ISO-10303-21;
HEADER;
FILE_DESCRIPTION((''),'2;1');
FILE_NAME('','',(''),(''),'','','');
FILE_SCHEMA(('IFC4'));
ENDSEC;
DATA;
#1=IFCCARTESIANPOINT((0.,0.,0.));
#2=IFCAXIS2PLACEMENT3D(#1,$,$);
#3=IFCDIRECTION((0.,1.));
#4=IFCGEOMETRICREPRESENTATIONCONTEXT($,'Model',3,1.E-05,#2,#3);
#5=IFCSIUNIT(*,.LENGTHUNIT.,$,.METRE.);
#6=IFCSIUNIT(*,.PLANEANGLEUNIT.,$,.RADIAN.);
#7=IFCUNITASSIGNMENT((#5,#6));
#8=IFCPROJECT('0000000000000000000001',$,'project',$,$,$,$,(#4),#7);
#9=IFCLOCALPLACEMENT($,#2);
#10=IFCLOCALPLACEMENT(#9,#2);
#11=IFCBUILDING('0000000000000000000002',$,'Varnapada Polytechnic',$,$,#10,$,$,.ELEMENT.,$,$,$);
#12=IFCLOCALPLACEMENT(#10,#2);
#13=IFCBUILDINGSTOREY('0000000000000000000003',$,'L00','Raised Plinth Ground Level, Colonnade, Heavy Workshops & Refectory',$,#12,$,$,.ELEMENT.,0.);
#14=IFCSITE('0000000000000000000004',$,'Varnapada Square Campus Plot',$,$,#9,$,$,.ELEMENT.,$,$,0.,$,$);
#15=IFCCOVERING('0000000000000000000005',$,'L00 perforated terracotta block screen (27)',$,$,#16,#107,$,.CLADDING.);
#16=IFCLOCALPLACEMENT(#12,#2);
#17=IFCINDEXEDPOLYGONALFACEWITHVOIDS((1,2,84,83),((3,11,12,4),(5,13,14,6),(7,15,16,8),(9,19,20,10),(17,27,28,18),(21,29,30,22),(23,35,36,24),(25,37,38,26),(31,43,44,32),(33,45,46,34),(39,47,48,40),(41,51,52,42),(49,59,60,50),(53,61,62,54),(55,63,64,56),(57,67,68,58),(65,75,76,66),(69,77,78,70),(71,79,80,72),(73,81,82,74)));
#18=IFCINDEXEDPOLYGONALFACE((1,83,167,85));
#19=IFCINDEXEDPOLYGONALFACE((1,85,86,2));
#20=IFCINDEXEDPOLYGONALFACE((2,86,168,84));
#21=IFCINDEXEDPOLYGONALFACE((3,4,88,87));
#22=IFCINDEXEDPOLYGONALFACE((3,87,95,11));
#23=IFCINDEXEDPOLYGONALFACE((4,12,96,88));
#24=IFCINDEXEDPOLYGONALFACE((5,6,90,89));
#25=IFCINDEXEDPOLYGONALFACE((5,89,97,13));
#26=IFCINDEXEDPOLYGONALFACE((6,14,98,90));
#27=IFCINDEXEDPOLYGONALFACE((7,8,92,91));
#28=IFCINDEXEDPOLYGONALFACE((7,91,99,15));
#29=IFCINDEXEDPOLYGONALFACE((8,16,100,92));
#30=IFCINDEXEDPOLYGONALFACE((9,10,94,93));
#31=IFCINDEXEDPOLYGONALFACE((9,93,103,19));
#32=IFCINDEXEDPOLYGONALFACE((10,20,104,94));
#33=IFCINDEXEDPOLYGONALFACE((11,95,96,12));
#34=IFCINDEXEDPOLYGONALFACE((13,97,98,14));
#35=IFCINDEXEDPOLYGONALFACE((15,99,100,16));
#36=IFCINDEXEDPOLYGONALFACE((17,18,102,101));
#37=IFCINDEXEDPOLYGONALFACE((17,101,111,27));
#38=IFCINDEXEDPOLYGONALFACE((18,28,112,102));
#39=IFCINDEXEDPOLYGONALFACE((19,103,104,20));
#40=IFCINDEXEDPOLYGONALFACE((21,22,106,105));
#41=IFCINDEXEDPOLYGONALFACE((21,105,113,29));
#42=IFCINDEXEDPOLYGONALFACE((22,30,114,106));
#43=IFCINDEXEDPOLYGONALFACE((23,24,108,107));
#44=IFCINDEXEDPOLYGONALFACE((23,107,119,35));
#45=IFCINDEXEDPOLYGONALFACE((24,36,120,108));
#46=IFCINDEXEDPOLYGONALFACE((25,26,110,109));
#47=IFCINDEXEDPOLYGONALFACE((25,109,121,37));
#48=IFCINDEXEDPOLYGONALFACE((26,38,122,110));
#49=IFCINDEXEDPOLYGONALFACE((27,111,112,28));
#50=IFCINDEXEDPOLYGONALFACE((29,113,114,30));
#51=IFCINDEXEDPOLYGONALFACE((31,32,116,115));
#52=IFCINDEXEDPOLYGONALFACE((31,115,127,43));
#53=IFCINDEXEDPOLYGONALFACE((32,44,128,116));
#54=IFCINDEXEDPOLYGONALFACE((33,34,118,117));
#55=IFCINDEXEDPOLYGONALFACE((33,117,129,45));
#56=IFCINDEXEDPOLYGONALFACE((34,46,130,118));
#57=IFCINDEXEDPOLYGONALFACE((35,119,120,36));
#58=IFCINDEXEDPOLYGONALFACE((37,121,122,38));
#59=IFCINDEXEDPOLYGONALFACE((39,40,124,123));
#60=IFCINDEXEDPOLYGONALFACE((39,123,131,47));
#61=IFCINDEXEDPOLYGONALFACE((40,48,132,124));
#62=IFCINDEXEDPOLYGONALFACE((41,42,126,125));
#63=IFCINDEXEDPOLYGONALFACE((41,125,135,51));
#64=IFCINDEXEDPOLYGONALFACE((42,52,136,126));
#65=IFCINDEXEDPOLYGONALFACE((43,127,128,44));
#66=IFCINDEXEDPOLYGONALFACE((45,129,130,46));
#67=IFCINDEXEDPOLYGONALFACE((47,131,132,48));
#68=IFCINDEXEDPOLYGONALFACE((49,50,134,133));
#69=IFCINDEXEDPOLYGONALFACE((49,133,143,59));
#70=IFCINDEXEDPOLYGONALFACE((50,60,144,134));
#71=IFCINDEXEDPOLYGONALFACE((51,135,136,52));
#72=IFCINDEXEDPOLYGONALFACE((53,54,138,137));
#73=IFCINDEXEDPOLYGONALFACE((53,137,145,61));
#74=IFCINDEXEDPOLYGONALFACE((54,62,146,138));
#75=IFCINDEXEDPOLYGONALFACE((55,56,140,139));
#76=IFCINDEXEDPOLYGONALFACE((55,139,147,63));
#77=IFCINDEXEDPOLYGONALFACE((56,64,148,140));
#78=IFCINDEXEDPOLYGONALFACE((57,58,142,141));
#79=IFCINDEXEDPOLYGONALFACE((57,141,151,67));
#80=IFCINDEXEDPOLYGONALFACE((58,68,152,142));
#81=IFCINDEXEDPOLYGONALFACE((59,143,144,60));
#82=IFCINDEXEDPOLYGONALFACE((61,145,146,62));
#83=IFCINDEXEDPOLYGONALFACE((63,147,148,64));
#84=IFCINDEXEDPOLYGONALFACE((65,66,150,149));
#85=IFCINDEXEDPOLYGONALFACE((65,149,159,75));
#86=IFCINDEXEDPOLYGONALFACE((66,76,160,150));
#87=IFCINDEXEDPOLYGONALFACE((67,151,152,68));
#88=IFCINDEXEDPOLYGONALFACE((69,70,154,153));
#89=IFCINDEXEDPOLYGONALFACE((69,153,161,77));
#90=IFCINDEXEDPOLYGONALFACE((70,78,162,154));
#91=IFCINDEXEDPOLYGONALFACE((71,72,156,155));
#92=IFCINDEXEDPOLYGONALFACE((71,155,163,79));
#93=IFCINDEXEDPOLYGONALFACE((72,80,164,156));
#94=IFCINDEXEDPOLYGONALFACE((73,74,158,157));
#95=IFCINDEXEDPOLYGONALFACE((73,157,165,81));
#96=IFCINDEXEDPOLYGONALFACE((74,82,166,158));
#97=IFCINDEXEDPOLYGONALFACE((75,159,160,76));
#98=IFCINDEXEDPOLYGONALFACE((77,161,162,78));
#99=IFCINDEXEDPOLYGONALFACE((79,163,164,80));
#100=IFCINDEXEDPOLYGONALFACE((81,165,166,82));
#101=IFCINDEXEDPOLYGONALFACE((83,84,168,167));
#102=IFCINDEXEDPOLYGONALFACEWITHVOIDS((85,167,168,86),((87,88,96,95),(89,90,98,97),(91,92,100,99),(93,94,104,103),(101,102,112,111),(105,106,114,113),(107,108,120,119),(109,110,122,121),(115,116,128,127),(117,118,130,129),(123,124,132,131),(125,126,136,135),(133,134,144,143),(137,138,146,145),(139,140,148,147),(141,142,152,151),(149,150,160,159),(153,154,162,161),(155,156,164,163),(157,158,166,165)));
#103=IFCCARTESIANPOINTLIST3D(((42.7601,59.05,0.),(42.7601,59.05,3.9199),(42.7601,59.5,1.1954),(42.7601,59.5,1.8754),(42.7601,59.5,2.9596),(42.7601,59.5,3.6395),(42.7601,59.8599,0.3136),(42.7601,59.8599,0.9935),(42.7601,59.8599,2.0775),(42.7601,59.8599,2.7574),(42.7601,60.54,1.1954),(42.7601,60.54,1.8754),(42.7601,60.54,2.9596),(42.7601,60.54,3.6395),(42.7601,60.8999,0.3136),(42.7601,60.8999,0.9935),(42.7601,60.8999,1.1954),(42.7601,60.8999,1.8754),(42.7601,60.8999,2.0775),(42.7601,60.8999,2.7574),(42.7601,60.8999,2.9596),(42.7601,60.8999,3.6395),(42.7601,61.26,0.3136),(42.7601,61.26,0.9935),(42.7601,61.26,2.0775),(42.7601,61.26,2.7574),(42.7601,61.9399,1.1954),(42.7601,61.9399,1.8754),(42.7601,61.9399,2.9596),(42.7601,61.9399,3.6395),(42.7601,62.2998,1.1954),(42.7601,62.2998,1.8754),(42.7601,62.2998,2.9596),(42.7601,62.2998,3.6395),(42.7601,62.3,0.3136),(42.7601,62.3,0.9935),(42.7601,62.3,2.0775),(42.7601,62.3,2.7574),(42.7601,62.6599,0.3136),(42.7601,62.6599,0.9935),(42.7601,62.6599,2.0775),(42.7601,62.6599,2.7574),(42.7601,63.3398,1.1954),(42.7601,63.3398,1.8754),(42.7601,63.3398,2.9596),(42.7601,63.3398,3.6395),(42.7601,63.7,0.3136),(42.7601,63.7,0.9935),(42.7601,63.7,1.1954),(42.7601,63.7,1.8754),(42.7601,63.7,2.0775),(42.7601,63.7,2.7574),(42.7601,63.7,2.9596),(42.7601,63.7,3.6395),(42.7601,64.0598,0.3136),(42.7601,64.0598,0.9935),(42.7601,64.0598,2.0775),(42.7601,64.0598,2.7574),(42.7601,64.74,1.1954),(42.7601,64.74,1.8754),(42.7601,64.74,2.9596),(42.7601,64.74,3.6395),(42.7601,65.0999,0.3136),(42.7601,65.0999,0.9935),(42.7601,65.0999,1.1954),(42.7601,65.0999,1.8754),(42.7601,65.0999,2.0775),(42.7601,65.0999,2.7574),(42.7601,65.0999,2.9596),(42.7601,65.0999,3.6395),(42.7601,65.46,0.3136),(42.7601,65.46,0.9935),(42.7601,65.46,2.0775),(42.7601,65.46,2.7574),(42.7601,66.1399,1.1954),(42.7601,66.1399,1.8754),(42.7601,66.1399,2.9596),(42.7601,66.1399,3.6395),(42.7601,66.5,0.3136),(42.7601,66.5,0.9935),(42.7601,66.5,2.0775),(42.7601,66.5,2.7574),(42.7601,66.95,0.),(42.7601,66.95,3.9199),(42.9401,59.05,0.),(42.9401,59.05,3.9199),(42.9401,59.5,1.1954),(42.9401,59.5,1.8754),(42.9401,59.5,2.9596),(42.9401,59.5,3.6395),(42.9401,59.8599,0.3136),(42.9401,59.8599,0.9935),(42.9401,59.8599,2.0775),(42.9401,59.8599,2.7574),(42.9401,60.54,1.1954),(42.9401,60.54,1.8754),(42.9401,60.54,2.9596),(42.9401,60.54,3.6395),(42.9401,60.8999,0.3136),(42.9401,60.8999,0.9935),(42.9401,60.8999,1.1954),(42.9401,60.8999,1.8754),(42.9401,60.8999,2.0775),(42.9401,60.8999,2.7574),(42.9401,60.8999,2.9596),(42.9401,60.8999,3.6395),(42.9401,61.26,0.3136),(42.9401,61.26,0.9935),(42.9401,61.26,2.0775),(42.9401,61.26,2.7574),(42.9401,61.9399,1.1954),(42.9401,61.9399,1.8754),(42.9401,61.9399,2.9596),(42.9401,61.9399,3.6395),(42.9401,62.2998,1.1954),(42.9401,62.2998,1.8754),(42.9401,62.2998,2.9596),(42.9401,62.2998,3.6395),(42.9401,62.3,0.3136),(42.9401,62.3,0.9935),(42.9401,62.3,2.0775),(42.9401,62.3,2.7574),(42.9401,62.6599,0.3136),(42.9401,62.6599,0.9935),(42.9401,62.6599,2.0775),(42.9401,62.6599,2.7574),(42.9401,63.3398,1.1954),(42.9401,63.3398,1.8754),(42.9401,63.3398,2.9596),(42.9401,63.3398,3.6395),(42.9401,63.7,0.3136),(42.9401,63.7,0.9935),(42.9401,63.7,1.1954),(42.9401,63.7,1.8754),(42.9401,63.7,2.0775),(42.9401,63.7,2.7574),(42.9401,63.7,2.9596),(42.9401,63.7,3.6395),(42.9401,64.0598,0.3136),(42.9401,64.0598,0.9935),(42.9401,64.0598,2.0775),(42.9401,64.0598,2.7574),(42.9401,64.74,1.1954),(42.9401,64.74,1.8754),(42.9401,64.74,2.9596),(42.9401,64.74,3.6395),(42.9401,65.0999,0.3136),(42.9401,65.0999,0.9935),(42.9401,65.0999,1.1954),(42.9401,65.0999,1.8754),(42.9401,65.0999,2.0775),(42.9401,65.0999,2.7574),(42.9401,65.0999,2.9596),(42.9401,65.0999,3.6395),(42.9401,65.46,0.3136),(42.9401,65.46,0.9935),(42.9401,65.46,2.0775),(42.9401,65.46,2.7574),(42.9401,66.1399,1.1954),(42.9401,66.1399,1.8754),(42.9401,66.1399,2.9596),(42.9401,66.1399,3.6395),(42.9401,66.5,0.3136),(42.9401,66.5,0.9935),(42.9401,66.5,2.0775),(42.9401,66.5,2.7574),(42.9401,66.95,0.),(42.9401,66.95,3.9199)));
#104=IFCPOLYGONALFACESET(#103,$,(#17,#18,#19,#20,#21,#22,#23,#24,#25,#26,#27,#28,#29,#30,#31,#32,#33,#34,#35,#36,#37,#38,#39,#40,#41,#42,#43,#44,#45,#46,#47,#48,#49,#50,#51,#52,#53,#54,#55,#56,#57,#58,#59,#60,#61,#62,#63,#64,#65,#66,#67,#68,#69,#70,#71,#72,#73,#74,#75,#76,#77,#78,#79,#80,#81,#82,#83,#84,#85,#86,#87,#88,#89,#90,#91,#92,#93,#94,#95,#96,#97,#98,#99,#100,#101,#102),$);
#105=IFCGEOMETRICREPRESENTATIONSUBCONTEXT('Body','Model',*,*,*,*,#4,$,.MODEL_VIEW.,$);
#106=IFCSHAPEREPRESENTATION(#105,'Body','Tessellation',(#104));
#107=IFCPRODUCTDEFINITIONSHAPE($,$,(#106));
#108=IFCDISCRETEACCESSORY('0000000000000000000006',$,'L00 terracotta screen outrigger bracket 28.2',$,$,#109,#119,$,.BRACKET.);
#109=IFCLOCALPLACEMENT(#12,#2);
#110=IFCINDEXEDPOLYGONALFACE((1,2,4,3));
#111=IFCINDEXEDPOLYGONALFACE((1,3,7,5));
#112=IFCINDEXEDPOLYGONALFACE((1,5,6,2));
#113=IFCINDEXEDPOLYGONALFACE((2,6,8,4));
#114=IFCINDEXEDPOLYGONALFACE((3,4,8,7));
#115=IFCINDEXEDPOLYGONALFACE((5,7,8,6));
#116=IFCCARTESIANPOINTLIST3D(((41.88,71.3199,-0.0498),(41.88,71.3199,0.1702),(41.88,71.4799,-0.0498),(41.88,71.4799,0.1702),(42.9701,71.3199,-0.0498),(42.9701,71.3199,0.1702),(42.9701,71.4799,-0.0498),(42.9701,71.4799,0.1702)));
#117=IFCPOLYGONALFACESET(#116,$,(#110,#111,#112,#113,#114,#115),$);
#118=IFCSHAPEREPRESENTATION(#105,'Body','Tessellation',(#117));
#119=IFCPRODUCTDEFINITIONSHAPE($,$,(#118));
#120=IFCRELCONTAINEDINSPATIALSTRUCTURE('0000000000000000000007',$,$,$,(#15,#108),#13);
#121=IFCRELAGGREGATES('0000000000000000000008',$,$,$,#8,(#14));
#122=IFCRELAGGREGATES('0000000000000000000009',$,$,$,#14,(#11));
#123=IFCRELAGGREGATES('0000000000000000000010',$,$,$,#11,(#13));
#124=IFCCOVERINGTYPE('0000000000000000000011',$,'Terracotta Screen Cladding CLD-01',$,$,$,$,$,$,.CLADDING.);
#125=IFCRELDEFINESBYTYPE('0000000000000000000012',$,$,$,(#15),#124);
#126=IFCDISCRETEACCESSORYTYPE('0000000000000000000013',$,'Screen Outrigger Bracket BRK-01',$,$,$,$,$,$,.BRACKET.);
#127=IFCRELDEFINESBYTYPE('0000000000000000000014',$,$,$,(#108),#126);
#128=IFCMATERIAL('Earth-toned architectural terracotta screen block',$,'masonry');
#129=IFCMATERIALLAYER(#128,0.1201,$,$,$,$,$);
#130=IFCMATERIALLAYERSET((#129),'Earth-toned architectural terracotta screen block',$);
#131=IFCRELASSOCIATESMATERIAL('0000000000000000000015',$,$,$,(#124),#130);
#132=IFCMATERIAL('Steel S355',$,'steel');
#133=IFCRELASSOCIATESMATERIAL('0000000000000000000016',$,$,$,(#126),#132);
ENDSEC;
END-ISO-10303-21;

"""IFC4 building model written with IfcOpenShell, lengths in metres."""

from ifc_helpers import new_model, si_unit, direction, frame, frame_2d, origin, origin_2d, place, context, subcontext, project, spatial, rectangle, extrude, material, layer, layer_set, type_object, element, save


model = new_model("IFC4")

# Units and contexts
model_context = context("Model", 3, precision=1e-05, world=origin(), true_north=direction((0.0, 1.0)))
body_context = subcontext(model_context, "Body", "Model", "MODEL_VIEW")
ifc_project = project(units=[si_unit("LENGTHUNIT", "METRE"), si_unit("PLANEANGLEUNIT", "RADIAN")], contexts=[model_context])

# Site, building, storey
site_placement = place(None, origin())
site = spatial("IfcSite", under=ifc_project, at=site_placement, Name="Varnapada Square Campus Plot", CompositionType="ELEMENT", RefElevation=0.0)
building_placement = place(site_placement, origin())
building = spatial("IfcBuilding", under=site, at=building_placement, Name="Varnapada Polytechnic", CompositionType="ELEMENT")
storey_placement = place(building_placement, origin())
storey = spatial("IfcBuildingStorey", under=building, at=storey_placement, Name="L00", Description="Raised Plinth Ground Level, Colonnade, Heavy Workshops & Refectory", CompositionType="ELEMENT", Elevation=0.0)

# Covering, openings
ifc_material_1 = material(Name="Earth-toned architectural terracotta screen block", Category="masonry")
ifc_layer = layer(ifc_material_1, 0.1201)
ifc_layer_set = layer_set([ifc_layer], Name="Earth-toned architectural terracotta screen block")
covering_type = type_object("IfcCoveringType", Name="Terracotta Screen Cladding CLD-01", PredefinedType="CLADDING", material=ifc_layer_set)
covering_placement = place(storey_placement, frame((42.8501, 66.95, 0.0), z_axis=(0.0, 0.0, 1.0), x_axis=(0.0, -1.0, 0.0)))
covering = element("IfcCovering", 1, at=covering_placement, inside=storey, type_object=covering_type, Name="L00 perforated terracotta block screen (27)", PredefinedType="CLADDING", context=body_context, shape_type="SweptSolid", body=[
    extrude(rectangle(XDim=7.8999, YDim=0.1799, at=frame_2d((3.95, 0.0))), origin(), (0.0, 0.0, 1.0), 3.9199),
])
opening_1_placement = place(covering_placement, frame((0.45, 0.0, 0.3137)))
element("IfcOpeningElement", 2, at=opening_1_placement, cuts=covering, PredefinedType="OPENING", context=body_context, shape_type="SweptSolid", body=[
    extrude(rectangle(XDim=1.04, YDim=0.6799, at=frame_2d((0.52, 0.3398))), frame((0.0, 0.0999, 0.0), z_axis=(0.0, -1.0, 0.0), x_axis=(1.0, 0.0, 0.0)), (0.0, 0.0, 1.0), 0.2),
])
opening_2_placement = place(covering_placement, frame((1.8501, 0.0, 0.3137)))
element("IfcOpeningElement", 3, at=opening_2_placement, cuts=covering, PredefinedType="OPENING", context=body_context, shape_type="SweptSolid", body=[
    extrude(rectangle(XDim=1.04, YDim=0.6799, at=frame_2d((0.52, 0.3398))), frame((0.0, 0.0999, 0.0), z_axis=(0.0, -1.0, 0.0), x_axis=(1.0, 0.0, 0.0)), (0.0, 0.0, 1.0), 0.2),
])
opening_3_placement = place(covering_placement, frame((3.25, 0.0, 0.3137)))
element("IfcOpeningElement", 4, at=opening_3_placement, cuts=covering, PredefinedType="OPENING", context=body_context, shape_type="SweptSolid", body=[
    extrude(rectangle(XDim=1.04, YDim=0.6799, at=frame_2d((0.52, 0.3398))), frame((0.0, 0.0999, 0.0), z_axis=(0.0, -1.0, 0.0), x_axis=(1.0, 0.0, 0.0)), (0.0, 0.0, 1.0), 0.2),
])
opening_4_placement = place(covering_placement, frame((4.6499, 0.0, 0.3137)))
element("IfcOpeningElement", 5, at=opening_4_placement, cuts=covering, PredefinedType="OPENING", context=body_context, shape_type="SweptSolid", body=[
    extrude(rectangle(XDim=1.04, YDim=0.6799, at=frame_2d((0.52, 0.3398))), frame((0.0, 0.0999, 0.0), z_axis=(0.0, -1.0, 0.0), x_axis=(1.0, 0.0, 0.0)), (0.0, 0.0, 1.0), 0.2),
])
opening_5_placement = place(covering_placement, frame((6.05, 0.0, 0.3137)))
element("IfcOpeningElement", 6, at=opening_5_placement, cuts=covering, PredefinedType="OPENING", context=body_context, shape_type="SweptSolid", body=[
    extrude(rectangle(XDim=1.04, YDim=0.6799, at=frame_2d((0.52, 0.3398))), frame((0.0, 0.0999, 0.0), z_axis=(0.0, -1.0, 0.0), x_axis=(1.0, 0.0, 0.0)), (0.0, 0.0, 1.0), 0.2),
])
opening_6_placement = place(covering_placement, frame((0.8101, 0.0, 1.1956)))
element("IfcOpeningElement", 7, at=opening_6_placement, cuts=covering, PredefinedType="OPENING", context=body_context, shape_type="SweptSolid", body=[
    extrude(rectangle(XDim=1.04, YDim=0.6799, at=frame_2d((0.52, 0.3398))), frame((0.0, 0.0999, 0.0), z_axis=(0.0, -1.0, 0.0), x_axis=(1.0, 0.0, 0.0)), (0.0, 0.0, 1.0), 0.2),
])
opening_7_placement = place(covering_placement, frame((2.21, 0.0, 1.1956)))
element("IfcOpeningElement", 8, at=opening_7_placement, cuts=covering, PredefinedType="OPENING", context=body_context, shape_type="SweptSolid", body=[
    extrude(rectangle(XDim=1.04, YDim=0.6799, at=frame_2d((0.52, 0.3398))), frame((0.0, 0.0999, 0.0), z_axis=(0.0, -1.0, 0.0), x_axis=(1.0, 0.0, 0.0)), (0.0, 0.0, 1.0), 0.2),
])
opening_8_placement = place(covering_placement, frame((3.6101, 0.0, 1.1956)))
element("IfcOpeningElement", 9, at=opening_8_placement, cuts=covering, PredefinedType="OPENING", context=body_context, shape_type="SweptSolid", body=[
    extrude(rectangle(XDim=1.04, YDim=0.6799, at=frame_2d((0.52, 0.3398))), frame((0.0, 0.0999, 0.0), z_axis=(0.0, -1.0, 0.0), x_axis=(1.0, 0.0, 0.0)), (0.0, 0.0, 1.0), 0.2),
])
opening_9_placement = place(covering_placement, frame((5.01, 0.0, 1.1956)))
element("IfcOpeningElement", 10, at=opening_9_placement, cuts=covering, PredefinedType="OPENING", context=body_context, shape_type="SweptSolid", body=[
    extrude(rectangle(XDim=1.04, YDim=0.6799, at=frame_2d((0.52, 0.3398))), frame((0.0, 0.0999, 0.0), z_axis=(0.0, -1.0, 0.0), x_axis=(1.0, 0.0, 0.0)), (0.0, 0.0, 1.0), 0.2),
])
opening_10_placement = place(covering_placement, frame((6.4099, 0.0, 1.1956)))
element("IfcOpeningElement", 11, at=opening_10_placement, cuts=covering, PredefinedType="OPENING", context=body_context, shape_type="SweptSolid", body=[
    extrude(rectangle(XDim=1.04, YDim=0.6799, at=frame_2d((0.52, 0.3398))), frame((0.0, 0.0999, 0.0), z_axis=(0.0, -1.0, 0.0), x_axis=(1.0, 0.0, 0.0)), (0.0, 0.0, 1.0), 0.2),
])
opening_11_placement = place(covering_placement, frame((0.45, 0.0, 2.0776)))
element("IfcOpeningElement", 12, at=opening_11_placement, cuts=covering, PredefinedType="OPENING", context=body_context, shape_type="SweptSolid", body=[
    extrude(rectangle(XDim=1.04, YDim=0.6799, at=frame_2d((0.52, 0.3398))), frame((0.0, 0.0999, 0.0), z_axis=(0.0, -1.0, 0.0), x_axis=(1.0, 0.0, 0.0)), (0.0, 0.0, 1.0), 0.2),
])
opening_12_placement = place(covering_placement, frame((1.8501, 0.0, 2.0776)))
element("IfcOpeningElement", 13, at=opening_12_placement, cuts=covering, PredefinedType="OPENING", context=body_context, shape_type="SweptSolid", body=[
    extrude(rectangle(XDim=1.04, YDim=0.6799, at=frame_2d((0.52, 0.3398))), frame((0.0, 0.0999, 0.0), z_axis=(0.0, -1.0, 0.0), x_axis=(1.0, 0.0, 0.0)), (0.0, 0.0, 1.0), 0.2),
])
opening_13_placement = place(covering_placement, frame((3.25, 0.0, 2.0776)))
element("IfcOpeningElement", 14, at=opening_13_placement, cuts=covering, PredefinedType="OPENING", context=body_context, shape_type="SweptSolid", body=[
    extrude(rectangle(XDim=1.04, YDim=0.6799, at=frame_2d((0.52, 0.3398))), frame((0.0, 0.0999, 0.0), z_axis=(0.0, -1.0, 0.0), x_axis=(1.0, 0.0, 0.0)), (0.0, 0.0, 1.0), 0.2),
])
opening_14_placement = place(covering_placement, frame((4.6499, 0.0, 2.0776)))
element("IfcOpeningElement", 15, at=opening_14_placement, cuts=covering, PredefinedType="OPENING", context=body_context, shape_type="SweptSolid", body=[
    extrude(rectangle(XDim=1.04, YDim=0.6799, at=frame_2d((0.52, 0.3398))), frame((0.0, 0.0999, 0.0), z_axis=(0.0, -1.0, 0.0), x_axis=(1.0, 0.0, 0.0)), (0.0, 0.0, 1.0), 0.2),
])
opening_15_placement = place(covering_placement, frame((6.05, 0.0, 2.0776)))
element("IfcOpeningElement", 16, at=opening_15_placement, cuts=covering, PredefinedType="OPENING", context=body_context, shape_type="SweptSolid", body=[
    extrude(rectangle(XDim=1.04, YDim=0.6799, at=frame_2d((0.52, 0.3398))), frame((0.0, 0.0999, 0.0), z_axis=(0.0, -1.0, 0.0), x_axis=(1.0, 0.0, 0.0)), (0.0, 0.0, 1.0), 0.2),
])
opening_16_placement = place(covering_placement, frame((0.8101, 0.0, 2.9597)))
element("IfcOpeningElement", 17, at=opening_16_placement, cuts=covering, PredefinedType="OPENING", context=body_context, shape_type="SweptSolid", body=[
    extrude(rectangle(XDim=1.04, YDim=0.6799, at=frame_2d((0.52, 0.3398))), frame((0.0, 0.0999, 0.0), z_axis=(0.0, -1.0, 0.0), x_axis=(1.0, 0.0, 0.0)), (0.0, 0.0, 1.0), 0.2),
])
opening_17_placement = place(covering_placement, frame((2.21, 0.0, 2.9597)))
element("IfcOpeningElement", 18, at=opening_17_placement, cuts=covering, PredefinedType="OPENING", context=body_context, shape_type="SweptSolid", body=[
    extrude(rectangle(XDim=1.04, YDim=0.6799, at=frame_2d((0.52, 0.3398))), frame((0.0, 0.0999, 0.0), z_axis=(0.0, -1.0, 0.0), x_axis=(1.0, 0.0, 0.0)), (0.0, 0.0, 1.0), 0.2),
])
opening_18_placement = place(covering_placement, frame((3.6101, 0.0, 2.9597)))
element("IfcOpeningElement", 19, at=opening_18_placement, cuts=covering, PredefinedType="OPENING", context=body_context, shape_type="SweptSolid", body=[
    extrude(rectangle(XDim=1.04, YDim=0.6799, at=frame_2d((0.52, 0.3398))), frame((0.0, 0.0999, 0.0), z_axis=(0.0, -1.0, 0.0), x_axis=(1.0, 0.0, 0.0)), (0.0, 0.0, 1.0), 0.2),
])
opening_19_placement = place(covering_placement, frame((5.01, 0.0, 2.9597)))
element("IfcOpeningElement", 20, at=opening_19_placement, cuts=covering, PredefinedType="OPENING", context=body_context, shape_type="SweptSolid", body=[
    extrude(rectangle(XDim=1.04, YDim=0.6799, at=frame_2d((0.52, 0.3398))), frame((0.0, 0.0999, 0.0), z_axis=(0.0, -1.0, 0.0), x_axis=(1.0, 0.0, 0.0)), (0.0, 0.0, 1.0), 0.2),
])
opening_20_placement = place(covering_placement, frame((6.4099, 0.0, 2.9597)))
element("IfcOpeningElement", 21, at=opening_20_placement, cuts=covering, PredefinedType="OPENING", context=body_context, shape_type="SweptSolid", body=[
    extrude(rectangle(XDim=1.04, YDim=0.6799, at=frame_2d((0.52, 0.3398))), frame((0.0, 0.0999, 0.0), z_axis=(0.0, -1.0, 0.0), x_axis=(1.0, 0.0, 0.0)), (0.0, 0.0, 1.0), 0.2),
])

# Discrete accessory
ifc_material_2 = material(Name="Steel S355", Category="steel")
discrete_accessory_type = type_object("IfcDiscreteAccessoryType", Name="Screen Outrigger Bracket BRK-01", PredefinedType="BRACKET", material=ifc_material_2)
for number, where, z_axis, x_axis, name in (
    (22, (42.425, 71.3999, -0.0498), (0.0, 0.0, 1.0), (0.0, -1.0, 0.0), "L00 terracotta screen outrigger bracket 28.2"),
):
    element("IfcDiscreteAccessory", number, at=place(storey_placement, frame(where, z_axis=z_axis, x_axis=x_axis)), inside=storey, type_object=discrete_accessory_type, Name=name, PredefinedType="BRACKET", context=body_context, shape_type="SweptSolid", body=[
        extrude(rectangle(XDim=0.1599, YDim=1.0901, at=origin_2d()), origin(), (0.0, 0.0, 1.0), 0.22),
    ])

save(model, "model.ifc")
